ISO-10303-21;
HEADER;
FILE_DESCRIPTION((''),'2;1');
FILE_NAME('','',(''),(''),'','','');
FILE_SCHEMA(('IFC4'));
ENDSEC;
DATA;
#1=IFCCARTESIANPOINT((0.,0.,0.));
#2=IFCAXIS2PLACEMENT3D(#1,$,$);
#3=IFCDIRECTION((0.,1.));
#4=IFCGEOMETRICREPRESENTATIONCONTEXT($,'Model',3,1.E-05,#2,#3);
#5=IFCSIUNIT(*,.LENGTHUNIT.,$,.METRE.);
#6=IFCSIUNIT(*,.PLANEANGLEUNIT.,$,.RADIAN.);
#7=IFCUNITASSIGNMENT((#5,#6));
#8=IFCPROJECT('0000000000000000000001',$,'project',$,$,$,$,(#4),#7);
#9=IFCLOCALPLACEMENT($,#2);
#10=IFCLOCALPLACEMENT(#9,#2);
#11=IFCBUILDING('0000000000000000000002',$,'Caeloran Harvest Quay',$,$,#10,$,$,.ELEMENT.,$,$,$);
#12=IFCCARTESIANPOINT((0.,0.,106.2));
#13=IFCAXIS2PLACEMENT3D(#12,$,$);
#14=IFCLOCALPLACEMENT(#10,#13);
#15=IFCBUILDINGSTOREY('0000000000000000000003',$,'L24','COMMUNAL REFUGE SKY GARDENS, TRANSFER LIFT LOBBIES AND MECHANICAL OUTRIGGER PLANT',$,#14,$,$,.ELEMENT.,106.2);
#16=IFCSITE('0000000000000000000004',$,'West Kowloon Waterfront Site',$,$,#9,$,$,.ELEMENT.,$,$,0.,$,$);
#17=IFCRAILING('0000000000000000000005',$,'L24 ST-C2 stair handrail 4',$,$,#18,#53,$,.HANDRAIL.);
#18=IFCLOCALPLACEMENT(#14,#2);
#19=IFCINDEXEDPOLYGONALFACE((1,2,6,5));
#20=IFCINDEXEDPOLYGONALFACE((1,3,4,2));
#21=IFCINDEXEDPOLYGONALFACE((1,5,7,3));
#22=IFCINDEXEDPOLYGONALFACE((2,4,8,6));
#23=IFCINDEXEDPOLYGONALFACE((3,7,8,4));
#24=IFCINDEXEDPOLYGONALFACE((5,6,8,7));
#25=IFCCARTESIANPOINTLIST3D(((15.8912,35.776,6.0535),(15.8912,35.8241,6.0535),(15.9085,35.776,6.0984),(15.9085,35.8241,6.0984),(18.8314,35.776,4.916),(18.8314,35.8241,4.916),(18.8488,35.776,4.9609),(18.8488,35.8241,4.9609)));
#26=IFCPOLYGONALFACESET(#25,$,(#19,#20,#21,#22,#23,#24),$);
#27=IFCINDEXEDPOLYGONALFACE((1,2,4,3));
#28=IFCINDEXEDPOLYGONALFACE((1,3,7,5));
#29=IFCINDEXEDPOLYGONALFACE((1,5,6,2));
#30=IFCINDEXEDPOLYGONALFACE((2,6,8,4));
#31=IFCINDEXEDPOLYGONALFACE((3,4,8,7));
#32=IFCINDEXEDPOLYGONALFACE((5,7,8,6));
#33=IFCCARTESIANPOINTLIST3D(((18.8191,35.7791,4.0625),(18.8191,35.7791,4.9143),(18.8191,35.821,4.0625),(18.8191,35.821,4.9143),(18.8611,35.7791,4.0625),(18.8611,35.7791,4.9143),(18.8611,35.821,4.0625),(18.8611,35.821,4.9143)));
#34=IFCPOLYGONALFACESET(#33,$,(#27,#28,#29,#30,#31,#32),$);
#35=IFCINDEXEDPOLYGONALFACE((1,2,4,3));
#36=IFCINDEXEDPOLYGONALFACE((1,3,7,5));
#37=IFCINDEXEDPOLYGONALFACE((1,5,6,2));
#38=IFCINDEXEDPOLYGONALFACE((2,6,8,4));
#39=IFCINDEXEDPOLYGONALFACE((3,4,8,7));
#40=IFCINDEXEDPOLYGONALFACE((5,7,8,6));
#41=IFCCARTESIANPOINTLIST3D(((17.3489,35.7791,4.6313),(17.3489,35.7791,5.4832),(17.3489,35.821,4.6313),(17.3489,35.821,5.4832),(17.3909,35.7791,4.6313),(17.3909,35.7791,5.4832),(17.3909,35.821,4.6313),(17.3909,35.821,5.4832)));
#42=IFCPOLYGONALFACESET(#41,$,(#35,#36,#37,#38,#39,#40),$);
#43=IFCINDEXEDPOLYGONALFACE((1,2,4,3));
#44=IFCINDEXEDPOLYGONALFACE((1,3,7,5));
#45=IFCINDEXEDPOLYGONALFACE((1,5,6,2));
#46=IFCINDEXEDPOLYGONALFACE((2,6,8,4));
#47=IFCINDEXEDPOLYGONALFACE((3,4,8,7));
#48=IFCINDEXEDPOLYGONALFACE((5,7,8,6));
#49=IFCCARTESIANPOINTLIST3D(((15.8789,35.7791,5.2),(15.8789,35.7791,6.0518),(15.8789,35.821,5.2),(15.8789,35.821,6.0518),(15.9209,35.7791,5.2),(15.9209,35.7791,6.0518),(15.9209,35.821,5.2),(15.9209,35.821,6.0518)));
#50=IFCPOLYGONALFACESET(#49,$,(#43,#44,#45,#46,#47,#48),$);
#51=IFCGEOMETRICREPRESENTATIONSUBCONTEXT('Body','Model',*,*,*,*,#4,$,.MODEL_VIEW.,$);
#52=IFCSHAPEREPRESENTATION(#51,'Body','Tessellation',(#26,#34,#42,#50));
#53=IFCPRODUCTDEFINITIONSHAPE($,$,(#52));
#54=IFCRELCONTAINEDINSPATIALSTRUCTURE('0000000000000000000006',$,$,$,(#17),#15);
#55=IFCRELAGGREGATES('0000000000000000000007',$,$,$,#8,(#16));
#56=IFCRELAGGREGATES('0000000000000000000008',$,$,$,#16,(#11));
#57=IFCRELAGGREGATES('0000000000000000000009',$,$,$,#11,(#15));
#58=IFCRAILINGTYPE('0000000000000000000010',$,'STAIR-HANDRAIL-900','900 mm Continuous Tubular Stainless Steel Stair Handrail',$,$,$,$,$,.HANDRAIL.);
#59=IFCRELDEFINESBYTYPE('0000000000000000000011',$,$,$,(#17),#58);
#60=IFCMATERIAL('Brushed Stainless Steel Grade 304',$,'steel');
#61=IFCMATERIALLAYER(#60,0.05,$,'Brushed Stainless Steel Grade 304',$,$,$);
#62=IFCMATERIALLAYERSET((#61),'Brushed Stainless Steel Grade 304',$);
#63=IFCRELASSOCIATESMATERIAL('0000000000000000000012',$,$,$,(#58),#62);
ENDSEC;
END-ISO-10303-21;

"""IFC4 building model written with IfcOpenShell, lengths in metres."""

from ifc_helpers import new_model, si_unit, direction, frame, origin, origin_2d, place, context, subcontext, project, spatial, rectangle, extrude, material, layer, layer_set, type_object, element, save


model = new_model("IFC4")

# Units and contexts
model_context = context("Model", 3, precision=1e-05, world=origin(), true_north=direction((0.0, 1.0)))
body_context = subcontext(model_context, "Body", "Model", "MODEL_VIEW")
ifc_project = project(units=[si_unit("LENGTHUNIT", "METRE"), si_unit("PLANEANGLEUNIT", "RADIAN")], contexts=[model_context])

# Site, building, storey
site_placement = place(None, origin())
site = spatial("IfcSite", under=ifc_project, at=site_placement, Name="West Kowloon Waterfront Site", CompositionType="ELEMENT", RefElevation=0.0)
building_placement = place(site_placement, origin())
building = spatial("IfcBuilding", under=site, at=building_placement, Name="Caeloran Harvest Quay", CompositionType="ELEMENT")
storey_placement = place(building_placement, frame((0.0, 0.0, 106.2)))
storey = spatial("IfcBuildingStorey", under=building, at=storey_placement, Name="L24", Description="COMMUNAL REFUGE SKY GARDENS, TRANSFER LIFT LOBBIES AND MECHANICAL OUTRIGGER PLANT", CompositionType="ELEMENT", Elevation=106.2)

# Railing
ifc_material_1 = material(Name="Brushed Stainless Steel Grade 304", Category="steel")
ifc_layer_1 = layer(ifc_material_1, 0.05, Name="Brushed Stainless Steel Grade 304")
ifc_layer_set_1 = layer_set([ifc_layer_1], Name="Brushed Stainless Steel Grade 304")
railing_type_1 = type_object("IfcRailingType", Name="STAIR-HANDRAIL-900", Description="900 mm Continuous Tubular Stainless Steel Stair Handrail", PredefinedType="HANDRAIL", material=ifc_layer_set_1)
railing_1_placement = place(storey_placement, frame((18.8401, 35.8, 4.0625)))
element("IfcRailing", 1, at=railing_1_placement, inside=storey, type_object=railing_type_1, Name="L24 ST-C2 stair handrail 4", PredefinedType="HANDRAIL", context=body_context, shape_type="SweptSolid", body=[
    extrude(rectangle(XDim=0.0481, YDim=0.0481, at=origin_2d()), frame((0.0, 0.0, 0.876), z_axis=(-0.932641, 0.0, 0.360805), x_axis=(0.0, -1.0, 0.0)), (0.0, 0.0, 1.0), 3.1526),
    extrude(rectangle(XDim=0.042, YDim=0.042, at=origin_2d()), origin(), (0.0, 0.0, 1.0), 0.8518),
    extrude(rectangle(XDim=0.042, YDim=0.042, at=origin_2d()), frame((-1.4702, 0.0, 0.5688)), (0.0, 0.0, 1.0), 0.8518),
    extrude(rectangle(XDim=0.042, YDim=0.042, at=origin_2d()), frame((-2.9402, 0.0, 1.1375)), (0.0, 0.0, 1.0), 0.8518),
])

save(model, "model.ifc")
